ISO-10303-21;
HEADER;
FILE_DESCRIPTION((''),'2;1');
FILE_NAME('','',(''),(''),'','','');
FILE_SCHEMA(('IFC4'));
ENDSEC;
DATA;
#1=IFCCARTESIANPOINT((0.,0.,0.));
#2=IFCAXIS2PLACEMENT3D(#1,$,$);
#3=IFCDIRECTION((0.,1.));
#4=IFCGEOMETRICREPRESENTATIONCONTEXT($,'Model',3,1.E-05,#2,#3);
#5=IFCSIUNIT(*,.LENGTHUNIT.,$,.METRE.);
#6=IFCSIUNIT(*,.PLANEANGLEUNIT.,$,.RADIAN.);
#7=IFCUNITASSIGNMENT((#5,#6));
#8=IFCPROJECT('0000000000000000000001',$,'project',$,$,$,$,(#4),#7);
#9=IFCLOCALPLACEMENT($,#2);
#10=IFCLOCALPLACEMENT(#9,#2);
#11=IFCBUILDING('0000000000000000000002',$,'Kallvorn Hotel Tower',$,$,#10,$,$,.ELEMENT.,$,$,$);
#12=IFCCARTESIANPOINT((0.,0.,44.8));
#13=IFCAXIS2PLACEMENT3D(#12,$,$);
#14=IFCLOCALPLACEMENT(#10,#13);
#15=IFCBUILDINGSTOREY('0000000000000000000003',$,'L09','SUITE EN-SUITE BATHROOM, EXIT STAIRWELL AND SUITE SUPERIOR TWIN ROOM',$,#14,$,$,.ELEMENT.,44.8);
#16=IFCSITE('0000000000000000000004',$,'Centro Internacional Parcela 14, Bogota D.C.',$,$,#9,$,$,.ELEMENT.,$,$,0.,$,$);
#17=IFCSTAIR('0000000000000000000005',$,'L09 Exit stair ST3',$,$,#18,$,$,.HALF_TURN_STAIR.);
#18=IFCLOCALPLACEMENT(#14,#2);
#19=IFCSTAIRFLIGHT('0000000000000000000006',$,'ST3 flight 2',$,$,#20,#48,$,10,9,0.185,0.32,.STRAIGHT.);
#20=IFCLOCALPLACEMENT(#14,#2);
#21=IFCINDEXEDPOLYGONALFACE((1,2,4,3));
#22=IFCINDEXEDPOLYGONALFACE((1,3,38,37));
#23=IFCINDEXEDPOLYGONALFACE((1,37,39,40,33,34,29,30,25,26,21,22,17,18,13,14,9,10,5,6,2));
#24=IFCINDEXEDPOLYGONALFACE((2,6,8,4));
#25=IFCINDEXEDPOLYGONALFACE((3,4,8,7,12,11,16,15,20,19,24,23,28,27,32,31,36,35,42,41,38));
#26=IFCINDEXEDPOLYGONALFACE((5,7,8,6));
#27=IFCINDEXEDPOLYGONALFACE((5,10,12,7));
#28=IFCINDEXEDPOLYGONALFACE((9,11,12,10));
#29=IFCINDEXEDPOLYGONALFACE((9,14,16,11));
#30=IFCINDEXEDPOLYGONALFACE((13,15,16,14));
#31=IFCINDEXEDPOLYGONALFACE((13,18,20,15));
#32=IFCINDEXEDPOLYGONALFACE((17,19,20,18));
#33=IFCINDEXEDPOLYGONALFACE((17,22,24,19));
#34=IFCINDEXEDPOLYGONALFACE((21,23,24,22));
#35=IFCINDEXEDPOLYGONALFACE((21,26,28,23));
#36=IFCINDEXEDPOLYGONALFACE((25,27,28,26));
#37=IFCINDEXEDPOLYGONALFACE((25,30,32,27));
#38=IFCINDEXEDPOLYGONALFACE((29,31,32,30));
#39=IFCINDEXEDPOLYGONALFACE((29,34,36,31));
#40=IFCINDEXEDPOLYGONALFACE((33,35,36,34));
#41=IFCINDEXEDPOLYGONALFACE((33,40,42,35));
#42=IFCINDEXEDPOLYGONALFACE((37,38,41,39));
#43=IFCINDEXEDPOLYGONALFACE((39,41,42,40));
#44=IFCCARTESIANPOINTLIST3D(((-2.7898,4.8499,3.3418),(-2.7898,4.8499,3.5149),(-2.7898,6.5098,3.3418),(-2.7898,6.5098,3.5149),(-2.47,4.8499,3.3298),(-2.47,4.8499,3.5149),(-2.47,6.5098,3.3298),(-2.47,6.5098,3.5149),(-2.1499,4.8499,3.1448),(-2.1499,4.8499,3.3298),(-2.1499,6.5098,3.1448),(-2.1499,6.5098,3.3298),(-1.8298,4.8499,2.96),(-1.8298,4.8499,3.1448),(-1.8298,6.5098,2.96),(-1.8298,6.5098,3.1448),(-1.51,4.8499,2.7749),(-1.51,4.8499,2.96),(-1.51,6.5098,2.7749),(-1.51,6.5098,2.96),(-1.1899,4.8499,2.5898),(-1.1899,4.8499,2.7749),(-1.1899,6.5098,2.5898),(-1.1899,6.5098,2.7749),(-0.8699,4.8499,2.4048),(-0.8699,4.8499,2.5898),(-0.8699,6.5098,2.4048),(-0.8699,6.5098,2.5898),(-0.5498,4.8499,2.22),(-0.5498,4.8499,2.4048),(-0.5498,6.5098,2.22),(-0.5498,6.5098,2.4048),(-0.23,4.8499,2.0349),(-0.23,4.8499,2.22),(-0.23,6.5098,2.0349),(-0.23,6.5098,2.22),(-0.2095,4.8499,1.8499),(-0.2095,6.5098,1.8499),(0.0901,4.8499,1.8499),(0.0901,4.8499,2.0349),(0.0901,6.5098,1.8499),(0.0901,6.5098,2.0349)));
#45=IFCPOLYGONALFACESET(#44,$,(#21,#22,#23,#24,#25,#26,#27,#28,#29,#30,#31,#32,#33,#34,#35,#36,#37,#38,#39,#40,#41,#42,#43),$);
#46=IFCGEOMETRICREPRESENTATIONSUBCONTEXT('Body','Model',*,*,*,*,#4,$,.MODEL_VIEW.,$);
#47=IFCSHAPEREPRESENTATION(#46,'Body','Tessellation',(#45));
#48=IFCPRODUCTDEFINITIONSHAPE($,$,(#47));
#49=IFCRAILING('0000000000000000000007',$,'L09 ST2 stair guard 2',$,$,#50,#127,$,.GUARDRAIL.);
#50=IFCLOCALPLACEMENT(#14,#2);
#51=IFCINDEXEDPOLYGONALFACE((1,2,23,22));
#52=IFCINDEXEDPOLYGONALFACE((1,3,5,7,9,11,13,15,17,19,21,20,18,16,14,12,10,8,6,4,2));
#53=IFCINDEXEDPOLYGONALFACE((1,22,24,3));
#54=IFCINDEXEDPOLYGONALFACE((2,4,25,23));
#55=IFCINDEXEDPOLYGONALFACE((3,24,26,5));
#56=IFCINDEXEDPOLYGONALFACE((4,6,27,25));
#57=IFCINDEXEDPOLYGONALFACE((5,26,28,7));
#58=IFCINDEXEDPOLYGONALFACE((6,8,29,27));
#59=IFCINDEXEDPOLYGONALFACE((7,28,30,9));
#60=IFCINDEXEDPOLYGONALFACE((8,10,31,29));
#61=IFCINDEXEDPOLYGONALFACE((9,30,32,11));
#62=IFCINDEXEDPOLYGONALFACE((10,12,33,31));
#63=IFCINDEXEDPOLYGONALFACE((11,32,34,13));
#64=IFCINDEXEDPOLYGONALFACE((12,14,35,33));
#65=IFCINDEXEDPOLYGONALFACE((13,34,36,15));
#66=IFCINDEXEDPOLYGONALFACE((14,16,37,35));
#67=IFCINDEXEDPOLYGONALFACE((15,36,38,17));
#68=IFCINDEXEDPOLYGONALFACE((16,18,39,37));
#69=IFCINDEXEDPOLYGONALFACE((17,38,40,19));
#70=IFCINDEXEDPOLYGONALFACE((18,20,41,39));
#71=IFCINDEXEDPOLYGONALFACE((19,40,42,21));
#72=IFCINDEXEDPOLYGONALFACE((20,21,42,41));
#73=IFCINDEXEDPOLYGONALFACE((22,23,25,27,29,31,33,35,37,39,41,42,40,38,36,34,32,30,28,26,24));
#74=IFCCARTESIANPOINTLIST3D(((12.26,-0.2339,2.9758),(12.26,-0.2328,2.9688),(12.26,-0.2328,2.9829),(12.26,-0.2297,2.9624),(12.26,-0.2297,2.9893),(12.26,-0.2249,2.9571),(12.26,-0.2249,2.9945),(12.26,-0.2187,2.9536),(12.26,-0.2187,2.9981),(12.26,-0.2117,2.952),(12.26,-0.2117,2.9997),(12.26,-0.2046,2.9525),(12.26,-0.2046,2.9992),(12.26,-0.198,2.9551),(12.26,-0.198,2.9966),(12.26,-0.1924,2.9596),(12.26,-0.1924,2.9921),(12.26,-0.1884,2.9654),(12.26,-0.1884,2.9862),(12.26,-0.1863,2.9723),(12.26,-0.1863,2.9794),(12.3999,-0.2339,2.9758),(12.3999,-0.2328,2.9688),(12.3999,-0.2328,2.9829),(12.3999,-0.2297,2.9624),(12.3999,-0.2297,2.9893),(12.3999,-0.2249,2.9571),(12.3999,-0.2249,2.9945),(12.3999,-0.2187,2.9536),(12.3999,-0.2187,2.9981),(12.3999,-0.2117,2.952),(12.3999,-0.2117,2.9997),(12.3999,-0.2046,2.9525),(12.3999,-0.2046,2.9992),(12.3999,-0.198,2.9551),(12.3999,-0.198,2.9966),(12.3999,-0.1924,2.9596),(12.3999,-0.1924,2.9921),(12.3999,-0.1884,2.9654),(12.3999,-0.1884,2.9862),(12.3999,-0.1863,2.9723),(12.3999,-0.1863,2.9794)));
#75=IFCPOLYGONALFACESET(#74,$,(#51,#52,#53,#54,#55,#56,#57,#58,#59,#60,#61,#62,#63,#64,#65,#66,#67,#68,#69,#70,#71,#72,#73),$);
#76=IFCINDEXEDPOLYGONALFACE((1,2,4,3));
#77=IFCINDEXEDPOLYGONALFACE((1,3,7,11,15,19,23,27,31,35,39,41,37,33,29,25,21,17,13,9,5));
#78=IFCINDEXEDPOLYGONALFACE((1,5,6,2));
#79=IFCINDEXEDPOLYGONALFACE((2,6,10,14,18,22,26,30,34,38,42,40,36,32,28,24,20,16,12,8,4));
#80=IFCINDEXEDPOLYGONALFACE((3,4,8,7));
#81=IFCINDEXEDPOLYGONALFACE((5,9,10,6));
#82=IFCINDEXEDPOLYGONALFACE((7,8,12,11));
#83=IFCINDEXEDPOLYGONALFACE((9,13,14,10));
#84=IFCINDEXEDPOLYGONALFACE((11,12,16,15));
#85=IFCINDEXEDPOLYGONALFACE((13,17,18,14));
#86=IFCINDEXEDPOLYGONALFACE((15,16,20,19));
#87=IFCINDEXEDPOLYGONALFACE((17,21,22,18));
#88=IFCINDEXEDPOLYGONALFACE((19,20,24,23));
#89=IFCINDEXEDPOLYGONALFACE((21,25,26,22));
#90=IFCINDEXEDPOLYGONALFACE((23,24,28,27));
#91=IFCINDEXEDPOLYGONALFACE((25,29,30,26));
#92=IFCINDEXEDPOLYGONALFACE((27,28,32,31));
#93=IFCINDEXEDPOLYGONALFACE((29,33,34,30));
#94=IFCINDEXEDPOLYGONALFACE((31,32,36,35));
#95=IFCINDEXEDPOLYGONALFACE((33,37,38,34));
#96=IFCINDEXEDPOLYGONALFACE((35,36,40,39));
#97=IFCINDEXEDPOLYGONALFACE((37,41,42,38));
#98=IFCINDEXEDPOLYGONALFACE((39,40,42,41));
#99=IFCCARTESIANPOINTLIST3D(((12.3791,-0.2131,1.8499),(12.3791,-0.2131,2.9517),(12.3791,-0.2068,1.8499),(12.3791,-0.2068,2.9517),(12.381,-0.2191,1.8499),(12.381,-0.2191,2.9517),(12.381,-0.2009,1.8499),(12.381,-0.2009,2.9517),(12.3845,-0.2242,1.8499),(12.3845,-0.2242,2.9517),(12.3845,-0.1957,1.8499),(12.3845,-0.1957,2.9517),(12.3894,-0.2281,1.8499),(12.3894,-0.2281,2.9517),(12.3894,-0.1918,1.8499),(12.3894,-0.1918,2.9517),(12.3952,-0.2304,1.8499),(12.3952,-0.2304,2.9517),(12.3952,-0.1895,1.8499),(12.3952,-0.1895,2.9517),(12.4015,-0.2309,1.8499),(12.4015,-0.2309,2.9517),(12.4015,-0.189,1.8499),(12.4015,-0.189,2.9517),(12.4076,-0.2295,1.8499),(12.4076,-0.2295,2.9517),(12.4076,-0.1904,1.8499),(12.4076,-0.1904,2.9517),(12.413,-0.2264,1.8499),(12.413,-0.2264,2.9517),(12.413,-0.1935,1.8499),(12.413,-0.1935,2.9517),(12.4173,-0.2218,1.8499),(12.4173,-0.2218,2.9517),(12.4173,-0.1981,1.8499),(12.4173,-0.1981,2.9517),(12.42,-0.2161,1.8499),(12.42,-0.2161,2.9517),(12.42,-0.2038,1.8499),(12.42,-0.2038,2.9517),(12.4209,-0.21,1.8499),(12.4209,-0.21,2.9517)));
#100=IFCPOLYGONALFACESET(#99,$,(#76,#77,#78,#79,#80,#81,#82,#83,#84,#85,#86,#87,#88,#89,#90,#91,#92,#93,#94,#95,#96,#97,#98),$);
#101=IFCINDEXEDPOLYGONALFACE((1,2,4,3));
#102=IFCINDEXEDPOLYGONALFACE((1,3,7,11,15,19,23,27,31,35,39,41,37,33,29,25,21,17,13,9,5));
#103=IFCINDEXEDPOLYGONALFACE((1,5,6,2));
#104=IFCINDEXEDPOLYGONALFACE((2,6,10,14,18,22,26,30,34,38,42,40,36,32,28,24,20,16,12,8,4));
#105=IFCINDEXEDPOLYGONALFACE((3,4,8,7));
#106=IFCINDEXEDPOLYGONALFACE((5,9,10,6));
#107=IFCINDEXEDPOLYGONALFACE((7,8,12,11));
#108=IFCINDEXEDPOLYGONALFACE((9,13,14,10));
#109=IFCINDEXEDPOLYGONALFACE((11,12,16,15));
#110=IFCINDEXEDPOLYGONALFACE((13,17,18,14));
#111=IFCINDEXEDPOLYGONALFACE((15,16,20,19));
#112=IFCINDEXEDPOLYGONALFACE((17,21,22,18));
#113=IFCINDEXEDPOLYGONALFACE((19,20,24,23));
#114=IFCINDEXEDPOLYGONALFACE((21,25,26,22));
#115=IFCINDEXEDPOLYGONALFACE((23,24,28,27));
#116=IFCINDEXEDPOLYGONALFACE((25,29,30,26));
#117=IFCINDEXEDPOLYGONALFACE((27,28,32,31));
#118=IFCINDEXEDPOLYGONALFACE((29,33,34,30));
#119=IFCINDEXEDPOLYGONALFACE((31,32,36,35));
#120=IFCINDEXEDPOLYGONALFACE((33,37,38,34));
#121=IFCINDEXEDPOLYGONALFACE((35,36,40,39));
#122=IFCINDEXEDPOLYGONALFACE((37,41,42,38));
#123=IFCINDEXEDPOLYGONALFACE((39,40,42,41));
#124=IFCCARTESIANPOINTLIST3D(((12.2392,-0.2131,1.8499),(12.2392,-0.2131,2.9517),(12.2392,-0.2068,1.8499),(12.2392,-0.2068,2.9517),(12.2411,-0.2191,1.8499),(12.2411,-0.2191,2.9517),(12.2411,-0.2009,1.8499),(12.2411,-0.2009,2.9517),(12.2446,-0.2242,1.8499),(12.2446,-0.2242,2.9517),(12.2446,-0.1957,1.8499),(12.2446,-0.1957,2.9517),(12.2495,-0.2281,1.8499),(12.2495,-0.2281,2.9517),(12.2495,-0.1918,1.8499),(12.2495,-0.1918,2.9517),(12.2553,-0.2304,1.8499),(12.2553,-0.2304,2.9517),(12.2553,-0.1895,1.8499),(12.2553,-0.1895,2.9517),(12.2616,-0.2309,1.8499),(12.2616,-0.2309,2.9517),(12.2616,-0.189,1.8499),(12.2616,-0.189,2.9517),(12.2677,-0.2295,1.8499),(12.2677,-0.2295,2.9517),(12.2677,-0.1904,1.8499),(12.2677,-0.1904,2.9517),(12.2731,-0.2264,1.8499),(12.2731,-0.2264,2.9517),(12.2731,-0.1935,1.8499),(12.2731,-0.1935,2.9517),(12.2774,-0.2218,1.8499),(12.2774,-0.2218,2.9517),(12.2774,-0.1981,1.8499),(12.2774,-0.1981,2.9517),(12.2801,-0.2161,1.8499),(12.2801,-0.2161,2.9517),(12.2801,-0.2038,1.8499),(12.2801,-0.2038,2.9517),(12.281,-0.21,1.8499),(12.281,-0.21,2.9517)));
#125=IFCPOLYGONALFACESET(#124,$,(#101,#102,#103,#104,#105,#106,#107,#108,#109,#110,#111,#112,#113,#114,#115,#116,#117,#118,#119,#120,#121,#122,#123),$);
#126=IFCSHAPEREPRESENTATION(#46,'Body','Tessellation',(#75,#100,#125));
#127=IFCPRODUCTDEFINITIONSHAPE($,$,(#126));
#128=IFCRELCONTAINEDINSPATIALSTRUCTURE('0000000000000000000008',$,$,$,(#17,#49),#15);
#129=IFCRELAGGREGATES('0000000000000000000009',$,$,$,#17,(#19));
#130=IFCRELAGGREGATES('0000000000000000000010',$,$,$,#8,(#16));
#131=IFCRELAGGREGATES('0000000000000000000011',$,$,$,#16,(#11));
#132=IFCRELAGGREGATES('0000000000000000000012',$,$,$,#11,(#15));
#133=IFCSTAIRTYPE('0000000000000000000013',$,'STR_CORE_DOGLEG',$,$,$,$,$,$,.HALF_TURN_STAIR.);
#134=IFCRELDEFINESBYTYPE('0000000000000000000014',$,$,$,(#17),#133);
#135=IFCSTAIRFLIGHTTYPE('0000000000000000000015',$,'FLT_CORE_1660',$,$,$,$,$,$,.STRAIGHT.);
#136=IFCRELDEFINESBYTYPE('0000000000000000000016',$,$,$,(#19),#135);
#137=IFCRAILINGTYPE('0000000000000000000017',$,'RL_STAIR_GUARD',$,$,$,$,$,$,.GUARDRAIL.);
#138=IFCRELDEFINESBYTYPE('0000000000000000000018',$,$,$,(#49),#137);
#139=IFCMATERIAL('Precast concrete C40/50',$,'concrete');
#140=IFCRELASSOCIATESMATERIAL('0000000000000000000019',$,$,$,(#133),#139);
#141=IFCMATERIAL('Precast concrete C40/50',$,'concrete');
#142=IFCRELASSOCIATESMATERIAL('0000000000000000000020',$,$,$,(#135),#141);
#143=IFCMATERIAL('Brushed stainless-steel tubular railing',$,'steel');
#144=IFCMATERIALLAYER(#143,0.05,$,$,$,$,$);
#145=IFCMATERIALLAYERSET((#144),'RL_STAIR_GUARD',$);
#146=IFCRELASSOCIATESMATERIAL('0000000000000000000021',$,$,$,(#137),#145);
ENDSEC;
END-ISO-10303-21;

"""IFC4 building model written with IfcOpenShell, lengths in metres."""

from ifc_helpers import new_model, si_unit, direction, frame, origin, origin_2d, place, context, subcontext, project, spatial, polyline, circle, outline, extrude, material, layer, layer_set, type_object, element, aggregate, save


model = new_model("IFC4")

# Units and contexts
model_context = context("Model", 3, precision=1e-05, world=origin(), true_north=direction((0.0, 1.0)))
body_context = subcontext(model_context, "Body", "Model", "MODEL_VIEW")
ifc_project = project(units=[si_unit("LENGTHUNIT", "METRE"), si_unit("PLANEANGLEUNIT", "RADIAN")], contexts=[model_context])

# Site, building, storey
site_placement = place(None, origin())
site = spatial("IfcSite", under=ifc_project, at=site_placement, Name="Centro Internacional Parcela 14, Bogota D.C.", CompositionType="ELEMENT", RefElevation=0.0)
building_placement = place(site_placement, origin())
building = spatial("IfcBuilding", under=site, at=building_placement, Name="Kallvorn Hotel Tower", CompositionType="ELEMENT")
storey_placement = place(building_placement, frame((0.0, 0.0, 44.8)))
storey = spatial("IfcBuildingStorey", under=building, at=storey_placement, Name="L09", Description="SUITE EN-SUITE BATHROOM, EXIT STAIRWELL AND SUITE SUPERIOR TWIN ROOM", CompositionType="ELEMENT", Elevation=44.8)

# Stair
ifc_material_1 = material(Name="Precast concrete C40/50", Category="concrete")
stair_type = type_object("IfcStairType", Name="STR_CORE_DOGLEG", PredefinedType="HALF_TURN_STAIR", material=ifc_material_1)
stair_1_placement = place(storey_placement, origin())
stair_1 = element("IfcStair", 1, at=stair_1_placement, inside=storey, type_object=stair_type, Name="L09 Exit stair ST3", PredefinedType="HALF_TURN_STAIR")

# Stair flight
ifc_material_2 = material(Name="Precast concrete C40/50", Category="concrete")
stair_flight_type = type_object("IfcStairFlightType", Name="FLT_CORE_1660", PredefinedType="STRAIGHT", material=ifc_material_2)
stair_flight_1_placement = place(storey_placement, frame((0.0901, 5.6799, 1.8499), z_axis=(0.0, 0.0, 1.0), x_axis=(-1.0, 0.0, 0.0)))
stair_flight_1 = element("IfcStairFlight", 2, at=stair_flight_1_placement, type_object=stair_flight_type, Name="ST3 flight 2", NumberOfRisers=10, NumberOfTreads=9, PredefinedType="STRAIGHT", RiserHeight=0.185, TreadLength=0.32, context=body_context, shape_type="SweptSolid", body=[
    extrude(outline(polyline([(0.0, 0.0), (0.0, 0.1851), (0.3201, 0.1851), (0.3201, 0.3701), (0.6399, 0.3701), (0.6399, 0.5549), (0.96, 0.5549), (0.96, 0.74), (1.28, 0.74), (1.28, 0.925), (1.6001, 0.925), (1.6001, 1.1101), (1.9199, 1.1101), (1.9199, 1.2949), (2.24, 1.2949), (2.24, 1.48), (2.5601, 1.48), (2.5601, 1.665), (2.8799, 1.665), (2.8799, 1.8501), (2.8799, 1.4919), (0.2996, 0.0), (0.0, 0.0)])), frame((0.0, 0.8301, 0.0), z_axis=(0.0, -1.0, 0.0), x_axis=(1.0, 0.0, 0.0)), (0.0, 0.0, 1.0), 1.6599),
])
aggregate(stair_1, [stair_flight_1])

# Railing
ifc_material_3 = material(Name="Brushed stainless-steel tubular railing", Category="steel")
ifc_layer_1 = layer(ifc_material_3, 0.05)
ifc_layer_set_1 = layer_set([ifc_layer_1], Name="RL_STAIR_GUARD")
railing_type_1 = type_object("IfcRailingType", Name="RL_STAIR_GUARD", PredefinedType="GUARDRAIL", material=ifc_layer_set_1)
railing_1_placement = place(storey_placement, frame((12.3999, -0.21, 1.8499)))
element("IfcRailing", 3, at=railing_1_placement, inside=storey, type_object=railing_type_1, Name="L09 ST2 stair guard 2", PredefinedType="GUARDRAIL", context=body_context, shape_type="SweptSolid", body=[
    extrude(circle(Radius=0.0239, at=origin_2d()), frame((0.0, 0.0, 1.126), z_axis=(-1.0, 0.0, 0.0), x_axis=(0.0, -1.0, 0.0)), (0.0, 0.0, 1.0), 0.1399),
    extrude(circle(Radius=0.021, at=origin_2d()), origin(), (0.0, 0.0, 1.0), 1.1018),
    extrude(circle(Radius=0.021, at=origin_2d()), frame((-0.1399, 0.0, 0.0)), (0.0, 0.0, 1.0), 1.1018),
])

save(model, "model.ifc")
